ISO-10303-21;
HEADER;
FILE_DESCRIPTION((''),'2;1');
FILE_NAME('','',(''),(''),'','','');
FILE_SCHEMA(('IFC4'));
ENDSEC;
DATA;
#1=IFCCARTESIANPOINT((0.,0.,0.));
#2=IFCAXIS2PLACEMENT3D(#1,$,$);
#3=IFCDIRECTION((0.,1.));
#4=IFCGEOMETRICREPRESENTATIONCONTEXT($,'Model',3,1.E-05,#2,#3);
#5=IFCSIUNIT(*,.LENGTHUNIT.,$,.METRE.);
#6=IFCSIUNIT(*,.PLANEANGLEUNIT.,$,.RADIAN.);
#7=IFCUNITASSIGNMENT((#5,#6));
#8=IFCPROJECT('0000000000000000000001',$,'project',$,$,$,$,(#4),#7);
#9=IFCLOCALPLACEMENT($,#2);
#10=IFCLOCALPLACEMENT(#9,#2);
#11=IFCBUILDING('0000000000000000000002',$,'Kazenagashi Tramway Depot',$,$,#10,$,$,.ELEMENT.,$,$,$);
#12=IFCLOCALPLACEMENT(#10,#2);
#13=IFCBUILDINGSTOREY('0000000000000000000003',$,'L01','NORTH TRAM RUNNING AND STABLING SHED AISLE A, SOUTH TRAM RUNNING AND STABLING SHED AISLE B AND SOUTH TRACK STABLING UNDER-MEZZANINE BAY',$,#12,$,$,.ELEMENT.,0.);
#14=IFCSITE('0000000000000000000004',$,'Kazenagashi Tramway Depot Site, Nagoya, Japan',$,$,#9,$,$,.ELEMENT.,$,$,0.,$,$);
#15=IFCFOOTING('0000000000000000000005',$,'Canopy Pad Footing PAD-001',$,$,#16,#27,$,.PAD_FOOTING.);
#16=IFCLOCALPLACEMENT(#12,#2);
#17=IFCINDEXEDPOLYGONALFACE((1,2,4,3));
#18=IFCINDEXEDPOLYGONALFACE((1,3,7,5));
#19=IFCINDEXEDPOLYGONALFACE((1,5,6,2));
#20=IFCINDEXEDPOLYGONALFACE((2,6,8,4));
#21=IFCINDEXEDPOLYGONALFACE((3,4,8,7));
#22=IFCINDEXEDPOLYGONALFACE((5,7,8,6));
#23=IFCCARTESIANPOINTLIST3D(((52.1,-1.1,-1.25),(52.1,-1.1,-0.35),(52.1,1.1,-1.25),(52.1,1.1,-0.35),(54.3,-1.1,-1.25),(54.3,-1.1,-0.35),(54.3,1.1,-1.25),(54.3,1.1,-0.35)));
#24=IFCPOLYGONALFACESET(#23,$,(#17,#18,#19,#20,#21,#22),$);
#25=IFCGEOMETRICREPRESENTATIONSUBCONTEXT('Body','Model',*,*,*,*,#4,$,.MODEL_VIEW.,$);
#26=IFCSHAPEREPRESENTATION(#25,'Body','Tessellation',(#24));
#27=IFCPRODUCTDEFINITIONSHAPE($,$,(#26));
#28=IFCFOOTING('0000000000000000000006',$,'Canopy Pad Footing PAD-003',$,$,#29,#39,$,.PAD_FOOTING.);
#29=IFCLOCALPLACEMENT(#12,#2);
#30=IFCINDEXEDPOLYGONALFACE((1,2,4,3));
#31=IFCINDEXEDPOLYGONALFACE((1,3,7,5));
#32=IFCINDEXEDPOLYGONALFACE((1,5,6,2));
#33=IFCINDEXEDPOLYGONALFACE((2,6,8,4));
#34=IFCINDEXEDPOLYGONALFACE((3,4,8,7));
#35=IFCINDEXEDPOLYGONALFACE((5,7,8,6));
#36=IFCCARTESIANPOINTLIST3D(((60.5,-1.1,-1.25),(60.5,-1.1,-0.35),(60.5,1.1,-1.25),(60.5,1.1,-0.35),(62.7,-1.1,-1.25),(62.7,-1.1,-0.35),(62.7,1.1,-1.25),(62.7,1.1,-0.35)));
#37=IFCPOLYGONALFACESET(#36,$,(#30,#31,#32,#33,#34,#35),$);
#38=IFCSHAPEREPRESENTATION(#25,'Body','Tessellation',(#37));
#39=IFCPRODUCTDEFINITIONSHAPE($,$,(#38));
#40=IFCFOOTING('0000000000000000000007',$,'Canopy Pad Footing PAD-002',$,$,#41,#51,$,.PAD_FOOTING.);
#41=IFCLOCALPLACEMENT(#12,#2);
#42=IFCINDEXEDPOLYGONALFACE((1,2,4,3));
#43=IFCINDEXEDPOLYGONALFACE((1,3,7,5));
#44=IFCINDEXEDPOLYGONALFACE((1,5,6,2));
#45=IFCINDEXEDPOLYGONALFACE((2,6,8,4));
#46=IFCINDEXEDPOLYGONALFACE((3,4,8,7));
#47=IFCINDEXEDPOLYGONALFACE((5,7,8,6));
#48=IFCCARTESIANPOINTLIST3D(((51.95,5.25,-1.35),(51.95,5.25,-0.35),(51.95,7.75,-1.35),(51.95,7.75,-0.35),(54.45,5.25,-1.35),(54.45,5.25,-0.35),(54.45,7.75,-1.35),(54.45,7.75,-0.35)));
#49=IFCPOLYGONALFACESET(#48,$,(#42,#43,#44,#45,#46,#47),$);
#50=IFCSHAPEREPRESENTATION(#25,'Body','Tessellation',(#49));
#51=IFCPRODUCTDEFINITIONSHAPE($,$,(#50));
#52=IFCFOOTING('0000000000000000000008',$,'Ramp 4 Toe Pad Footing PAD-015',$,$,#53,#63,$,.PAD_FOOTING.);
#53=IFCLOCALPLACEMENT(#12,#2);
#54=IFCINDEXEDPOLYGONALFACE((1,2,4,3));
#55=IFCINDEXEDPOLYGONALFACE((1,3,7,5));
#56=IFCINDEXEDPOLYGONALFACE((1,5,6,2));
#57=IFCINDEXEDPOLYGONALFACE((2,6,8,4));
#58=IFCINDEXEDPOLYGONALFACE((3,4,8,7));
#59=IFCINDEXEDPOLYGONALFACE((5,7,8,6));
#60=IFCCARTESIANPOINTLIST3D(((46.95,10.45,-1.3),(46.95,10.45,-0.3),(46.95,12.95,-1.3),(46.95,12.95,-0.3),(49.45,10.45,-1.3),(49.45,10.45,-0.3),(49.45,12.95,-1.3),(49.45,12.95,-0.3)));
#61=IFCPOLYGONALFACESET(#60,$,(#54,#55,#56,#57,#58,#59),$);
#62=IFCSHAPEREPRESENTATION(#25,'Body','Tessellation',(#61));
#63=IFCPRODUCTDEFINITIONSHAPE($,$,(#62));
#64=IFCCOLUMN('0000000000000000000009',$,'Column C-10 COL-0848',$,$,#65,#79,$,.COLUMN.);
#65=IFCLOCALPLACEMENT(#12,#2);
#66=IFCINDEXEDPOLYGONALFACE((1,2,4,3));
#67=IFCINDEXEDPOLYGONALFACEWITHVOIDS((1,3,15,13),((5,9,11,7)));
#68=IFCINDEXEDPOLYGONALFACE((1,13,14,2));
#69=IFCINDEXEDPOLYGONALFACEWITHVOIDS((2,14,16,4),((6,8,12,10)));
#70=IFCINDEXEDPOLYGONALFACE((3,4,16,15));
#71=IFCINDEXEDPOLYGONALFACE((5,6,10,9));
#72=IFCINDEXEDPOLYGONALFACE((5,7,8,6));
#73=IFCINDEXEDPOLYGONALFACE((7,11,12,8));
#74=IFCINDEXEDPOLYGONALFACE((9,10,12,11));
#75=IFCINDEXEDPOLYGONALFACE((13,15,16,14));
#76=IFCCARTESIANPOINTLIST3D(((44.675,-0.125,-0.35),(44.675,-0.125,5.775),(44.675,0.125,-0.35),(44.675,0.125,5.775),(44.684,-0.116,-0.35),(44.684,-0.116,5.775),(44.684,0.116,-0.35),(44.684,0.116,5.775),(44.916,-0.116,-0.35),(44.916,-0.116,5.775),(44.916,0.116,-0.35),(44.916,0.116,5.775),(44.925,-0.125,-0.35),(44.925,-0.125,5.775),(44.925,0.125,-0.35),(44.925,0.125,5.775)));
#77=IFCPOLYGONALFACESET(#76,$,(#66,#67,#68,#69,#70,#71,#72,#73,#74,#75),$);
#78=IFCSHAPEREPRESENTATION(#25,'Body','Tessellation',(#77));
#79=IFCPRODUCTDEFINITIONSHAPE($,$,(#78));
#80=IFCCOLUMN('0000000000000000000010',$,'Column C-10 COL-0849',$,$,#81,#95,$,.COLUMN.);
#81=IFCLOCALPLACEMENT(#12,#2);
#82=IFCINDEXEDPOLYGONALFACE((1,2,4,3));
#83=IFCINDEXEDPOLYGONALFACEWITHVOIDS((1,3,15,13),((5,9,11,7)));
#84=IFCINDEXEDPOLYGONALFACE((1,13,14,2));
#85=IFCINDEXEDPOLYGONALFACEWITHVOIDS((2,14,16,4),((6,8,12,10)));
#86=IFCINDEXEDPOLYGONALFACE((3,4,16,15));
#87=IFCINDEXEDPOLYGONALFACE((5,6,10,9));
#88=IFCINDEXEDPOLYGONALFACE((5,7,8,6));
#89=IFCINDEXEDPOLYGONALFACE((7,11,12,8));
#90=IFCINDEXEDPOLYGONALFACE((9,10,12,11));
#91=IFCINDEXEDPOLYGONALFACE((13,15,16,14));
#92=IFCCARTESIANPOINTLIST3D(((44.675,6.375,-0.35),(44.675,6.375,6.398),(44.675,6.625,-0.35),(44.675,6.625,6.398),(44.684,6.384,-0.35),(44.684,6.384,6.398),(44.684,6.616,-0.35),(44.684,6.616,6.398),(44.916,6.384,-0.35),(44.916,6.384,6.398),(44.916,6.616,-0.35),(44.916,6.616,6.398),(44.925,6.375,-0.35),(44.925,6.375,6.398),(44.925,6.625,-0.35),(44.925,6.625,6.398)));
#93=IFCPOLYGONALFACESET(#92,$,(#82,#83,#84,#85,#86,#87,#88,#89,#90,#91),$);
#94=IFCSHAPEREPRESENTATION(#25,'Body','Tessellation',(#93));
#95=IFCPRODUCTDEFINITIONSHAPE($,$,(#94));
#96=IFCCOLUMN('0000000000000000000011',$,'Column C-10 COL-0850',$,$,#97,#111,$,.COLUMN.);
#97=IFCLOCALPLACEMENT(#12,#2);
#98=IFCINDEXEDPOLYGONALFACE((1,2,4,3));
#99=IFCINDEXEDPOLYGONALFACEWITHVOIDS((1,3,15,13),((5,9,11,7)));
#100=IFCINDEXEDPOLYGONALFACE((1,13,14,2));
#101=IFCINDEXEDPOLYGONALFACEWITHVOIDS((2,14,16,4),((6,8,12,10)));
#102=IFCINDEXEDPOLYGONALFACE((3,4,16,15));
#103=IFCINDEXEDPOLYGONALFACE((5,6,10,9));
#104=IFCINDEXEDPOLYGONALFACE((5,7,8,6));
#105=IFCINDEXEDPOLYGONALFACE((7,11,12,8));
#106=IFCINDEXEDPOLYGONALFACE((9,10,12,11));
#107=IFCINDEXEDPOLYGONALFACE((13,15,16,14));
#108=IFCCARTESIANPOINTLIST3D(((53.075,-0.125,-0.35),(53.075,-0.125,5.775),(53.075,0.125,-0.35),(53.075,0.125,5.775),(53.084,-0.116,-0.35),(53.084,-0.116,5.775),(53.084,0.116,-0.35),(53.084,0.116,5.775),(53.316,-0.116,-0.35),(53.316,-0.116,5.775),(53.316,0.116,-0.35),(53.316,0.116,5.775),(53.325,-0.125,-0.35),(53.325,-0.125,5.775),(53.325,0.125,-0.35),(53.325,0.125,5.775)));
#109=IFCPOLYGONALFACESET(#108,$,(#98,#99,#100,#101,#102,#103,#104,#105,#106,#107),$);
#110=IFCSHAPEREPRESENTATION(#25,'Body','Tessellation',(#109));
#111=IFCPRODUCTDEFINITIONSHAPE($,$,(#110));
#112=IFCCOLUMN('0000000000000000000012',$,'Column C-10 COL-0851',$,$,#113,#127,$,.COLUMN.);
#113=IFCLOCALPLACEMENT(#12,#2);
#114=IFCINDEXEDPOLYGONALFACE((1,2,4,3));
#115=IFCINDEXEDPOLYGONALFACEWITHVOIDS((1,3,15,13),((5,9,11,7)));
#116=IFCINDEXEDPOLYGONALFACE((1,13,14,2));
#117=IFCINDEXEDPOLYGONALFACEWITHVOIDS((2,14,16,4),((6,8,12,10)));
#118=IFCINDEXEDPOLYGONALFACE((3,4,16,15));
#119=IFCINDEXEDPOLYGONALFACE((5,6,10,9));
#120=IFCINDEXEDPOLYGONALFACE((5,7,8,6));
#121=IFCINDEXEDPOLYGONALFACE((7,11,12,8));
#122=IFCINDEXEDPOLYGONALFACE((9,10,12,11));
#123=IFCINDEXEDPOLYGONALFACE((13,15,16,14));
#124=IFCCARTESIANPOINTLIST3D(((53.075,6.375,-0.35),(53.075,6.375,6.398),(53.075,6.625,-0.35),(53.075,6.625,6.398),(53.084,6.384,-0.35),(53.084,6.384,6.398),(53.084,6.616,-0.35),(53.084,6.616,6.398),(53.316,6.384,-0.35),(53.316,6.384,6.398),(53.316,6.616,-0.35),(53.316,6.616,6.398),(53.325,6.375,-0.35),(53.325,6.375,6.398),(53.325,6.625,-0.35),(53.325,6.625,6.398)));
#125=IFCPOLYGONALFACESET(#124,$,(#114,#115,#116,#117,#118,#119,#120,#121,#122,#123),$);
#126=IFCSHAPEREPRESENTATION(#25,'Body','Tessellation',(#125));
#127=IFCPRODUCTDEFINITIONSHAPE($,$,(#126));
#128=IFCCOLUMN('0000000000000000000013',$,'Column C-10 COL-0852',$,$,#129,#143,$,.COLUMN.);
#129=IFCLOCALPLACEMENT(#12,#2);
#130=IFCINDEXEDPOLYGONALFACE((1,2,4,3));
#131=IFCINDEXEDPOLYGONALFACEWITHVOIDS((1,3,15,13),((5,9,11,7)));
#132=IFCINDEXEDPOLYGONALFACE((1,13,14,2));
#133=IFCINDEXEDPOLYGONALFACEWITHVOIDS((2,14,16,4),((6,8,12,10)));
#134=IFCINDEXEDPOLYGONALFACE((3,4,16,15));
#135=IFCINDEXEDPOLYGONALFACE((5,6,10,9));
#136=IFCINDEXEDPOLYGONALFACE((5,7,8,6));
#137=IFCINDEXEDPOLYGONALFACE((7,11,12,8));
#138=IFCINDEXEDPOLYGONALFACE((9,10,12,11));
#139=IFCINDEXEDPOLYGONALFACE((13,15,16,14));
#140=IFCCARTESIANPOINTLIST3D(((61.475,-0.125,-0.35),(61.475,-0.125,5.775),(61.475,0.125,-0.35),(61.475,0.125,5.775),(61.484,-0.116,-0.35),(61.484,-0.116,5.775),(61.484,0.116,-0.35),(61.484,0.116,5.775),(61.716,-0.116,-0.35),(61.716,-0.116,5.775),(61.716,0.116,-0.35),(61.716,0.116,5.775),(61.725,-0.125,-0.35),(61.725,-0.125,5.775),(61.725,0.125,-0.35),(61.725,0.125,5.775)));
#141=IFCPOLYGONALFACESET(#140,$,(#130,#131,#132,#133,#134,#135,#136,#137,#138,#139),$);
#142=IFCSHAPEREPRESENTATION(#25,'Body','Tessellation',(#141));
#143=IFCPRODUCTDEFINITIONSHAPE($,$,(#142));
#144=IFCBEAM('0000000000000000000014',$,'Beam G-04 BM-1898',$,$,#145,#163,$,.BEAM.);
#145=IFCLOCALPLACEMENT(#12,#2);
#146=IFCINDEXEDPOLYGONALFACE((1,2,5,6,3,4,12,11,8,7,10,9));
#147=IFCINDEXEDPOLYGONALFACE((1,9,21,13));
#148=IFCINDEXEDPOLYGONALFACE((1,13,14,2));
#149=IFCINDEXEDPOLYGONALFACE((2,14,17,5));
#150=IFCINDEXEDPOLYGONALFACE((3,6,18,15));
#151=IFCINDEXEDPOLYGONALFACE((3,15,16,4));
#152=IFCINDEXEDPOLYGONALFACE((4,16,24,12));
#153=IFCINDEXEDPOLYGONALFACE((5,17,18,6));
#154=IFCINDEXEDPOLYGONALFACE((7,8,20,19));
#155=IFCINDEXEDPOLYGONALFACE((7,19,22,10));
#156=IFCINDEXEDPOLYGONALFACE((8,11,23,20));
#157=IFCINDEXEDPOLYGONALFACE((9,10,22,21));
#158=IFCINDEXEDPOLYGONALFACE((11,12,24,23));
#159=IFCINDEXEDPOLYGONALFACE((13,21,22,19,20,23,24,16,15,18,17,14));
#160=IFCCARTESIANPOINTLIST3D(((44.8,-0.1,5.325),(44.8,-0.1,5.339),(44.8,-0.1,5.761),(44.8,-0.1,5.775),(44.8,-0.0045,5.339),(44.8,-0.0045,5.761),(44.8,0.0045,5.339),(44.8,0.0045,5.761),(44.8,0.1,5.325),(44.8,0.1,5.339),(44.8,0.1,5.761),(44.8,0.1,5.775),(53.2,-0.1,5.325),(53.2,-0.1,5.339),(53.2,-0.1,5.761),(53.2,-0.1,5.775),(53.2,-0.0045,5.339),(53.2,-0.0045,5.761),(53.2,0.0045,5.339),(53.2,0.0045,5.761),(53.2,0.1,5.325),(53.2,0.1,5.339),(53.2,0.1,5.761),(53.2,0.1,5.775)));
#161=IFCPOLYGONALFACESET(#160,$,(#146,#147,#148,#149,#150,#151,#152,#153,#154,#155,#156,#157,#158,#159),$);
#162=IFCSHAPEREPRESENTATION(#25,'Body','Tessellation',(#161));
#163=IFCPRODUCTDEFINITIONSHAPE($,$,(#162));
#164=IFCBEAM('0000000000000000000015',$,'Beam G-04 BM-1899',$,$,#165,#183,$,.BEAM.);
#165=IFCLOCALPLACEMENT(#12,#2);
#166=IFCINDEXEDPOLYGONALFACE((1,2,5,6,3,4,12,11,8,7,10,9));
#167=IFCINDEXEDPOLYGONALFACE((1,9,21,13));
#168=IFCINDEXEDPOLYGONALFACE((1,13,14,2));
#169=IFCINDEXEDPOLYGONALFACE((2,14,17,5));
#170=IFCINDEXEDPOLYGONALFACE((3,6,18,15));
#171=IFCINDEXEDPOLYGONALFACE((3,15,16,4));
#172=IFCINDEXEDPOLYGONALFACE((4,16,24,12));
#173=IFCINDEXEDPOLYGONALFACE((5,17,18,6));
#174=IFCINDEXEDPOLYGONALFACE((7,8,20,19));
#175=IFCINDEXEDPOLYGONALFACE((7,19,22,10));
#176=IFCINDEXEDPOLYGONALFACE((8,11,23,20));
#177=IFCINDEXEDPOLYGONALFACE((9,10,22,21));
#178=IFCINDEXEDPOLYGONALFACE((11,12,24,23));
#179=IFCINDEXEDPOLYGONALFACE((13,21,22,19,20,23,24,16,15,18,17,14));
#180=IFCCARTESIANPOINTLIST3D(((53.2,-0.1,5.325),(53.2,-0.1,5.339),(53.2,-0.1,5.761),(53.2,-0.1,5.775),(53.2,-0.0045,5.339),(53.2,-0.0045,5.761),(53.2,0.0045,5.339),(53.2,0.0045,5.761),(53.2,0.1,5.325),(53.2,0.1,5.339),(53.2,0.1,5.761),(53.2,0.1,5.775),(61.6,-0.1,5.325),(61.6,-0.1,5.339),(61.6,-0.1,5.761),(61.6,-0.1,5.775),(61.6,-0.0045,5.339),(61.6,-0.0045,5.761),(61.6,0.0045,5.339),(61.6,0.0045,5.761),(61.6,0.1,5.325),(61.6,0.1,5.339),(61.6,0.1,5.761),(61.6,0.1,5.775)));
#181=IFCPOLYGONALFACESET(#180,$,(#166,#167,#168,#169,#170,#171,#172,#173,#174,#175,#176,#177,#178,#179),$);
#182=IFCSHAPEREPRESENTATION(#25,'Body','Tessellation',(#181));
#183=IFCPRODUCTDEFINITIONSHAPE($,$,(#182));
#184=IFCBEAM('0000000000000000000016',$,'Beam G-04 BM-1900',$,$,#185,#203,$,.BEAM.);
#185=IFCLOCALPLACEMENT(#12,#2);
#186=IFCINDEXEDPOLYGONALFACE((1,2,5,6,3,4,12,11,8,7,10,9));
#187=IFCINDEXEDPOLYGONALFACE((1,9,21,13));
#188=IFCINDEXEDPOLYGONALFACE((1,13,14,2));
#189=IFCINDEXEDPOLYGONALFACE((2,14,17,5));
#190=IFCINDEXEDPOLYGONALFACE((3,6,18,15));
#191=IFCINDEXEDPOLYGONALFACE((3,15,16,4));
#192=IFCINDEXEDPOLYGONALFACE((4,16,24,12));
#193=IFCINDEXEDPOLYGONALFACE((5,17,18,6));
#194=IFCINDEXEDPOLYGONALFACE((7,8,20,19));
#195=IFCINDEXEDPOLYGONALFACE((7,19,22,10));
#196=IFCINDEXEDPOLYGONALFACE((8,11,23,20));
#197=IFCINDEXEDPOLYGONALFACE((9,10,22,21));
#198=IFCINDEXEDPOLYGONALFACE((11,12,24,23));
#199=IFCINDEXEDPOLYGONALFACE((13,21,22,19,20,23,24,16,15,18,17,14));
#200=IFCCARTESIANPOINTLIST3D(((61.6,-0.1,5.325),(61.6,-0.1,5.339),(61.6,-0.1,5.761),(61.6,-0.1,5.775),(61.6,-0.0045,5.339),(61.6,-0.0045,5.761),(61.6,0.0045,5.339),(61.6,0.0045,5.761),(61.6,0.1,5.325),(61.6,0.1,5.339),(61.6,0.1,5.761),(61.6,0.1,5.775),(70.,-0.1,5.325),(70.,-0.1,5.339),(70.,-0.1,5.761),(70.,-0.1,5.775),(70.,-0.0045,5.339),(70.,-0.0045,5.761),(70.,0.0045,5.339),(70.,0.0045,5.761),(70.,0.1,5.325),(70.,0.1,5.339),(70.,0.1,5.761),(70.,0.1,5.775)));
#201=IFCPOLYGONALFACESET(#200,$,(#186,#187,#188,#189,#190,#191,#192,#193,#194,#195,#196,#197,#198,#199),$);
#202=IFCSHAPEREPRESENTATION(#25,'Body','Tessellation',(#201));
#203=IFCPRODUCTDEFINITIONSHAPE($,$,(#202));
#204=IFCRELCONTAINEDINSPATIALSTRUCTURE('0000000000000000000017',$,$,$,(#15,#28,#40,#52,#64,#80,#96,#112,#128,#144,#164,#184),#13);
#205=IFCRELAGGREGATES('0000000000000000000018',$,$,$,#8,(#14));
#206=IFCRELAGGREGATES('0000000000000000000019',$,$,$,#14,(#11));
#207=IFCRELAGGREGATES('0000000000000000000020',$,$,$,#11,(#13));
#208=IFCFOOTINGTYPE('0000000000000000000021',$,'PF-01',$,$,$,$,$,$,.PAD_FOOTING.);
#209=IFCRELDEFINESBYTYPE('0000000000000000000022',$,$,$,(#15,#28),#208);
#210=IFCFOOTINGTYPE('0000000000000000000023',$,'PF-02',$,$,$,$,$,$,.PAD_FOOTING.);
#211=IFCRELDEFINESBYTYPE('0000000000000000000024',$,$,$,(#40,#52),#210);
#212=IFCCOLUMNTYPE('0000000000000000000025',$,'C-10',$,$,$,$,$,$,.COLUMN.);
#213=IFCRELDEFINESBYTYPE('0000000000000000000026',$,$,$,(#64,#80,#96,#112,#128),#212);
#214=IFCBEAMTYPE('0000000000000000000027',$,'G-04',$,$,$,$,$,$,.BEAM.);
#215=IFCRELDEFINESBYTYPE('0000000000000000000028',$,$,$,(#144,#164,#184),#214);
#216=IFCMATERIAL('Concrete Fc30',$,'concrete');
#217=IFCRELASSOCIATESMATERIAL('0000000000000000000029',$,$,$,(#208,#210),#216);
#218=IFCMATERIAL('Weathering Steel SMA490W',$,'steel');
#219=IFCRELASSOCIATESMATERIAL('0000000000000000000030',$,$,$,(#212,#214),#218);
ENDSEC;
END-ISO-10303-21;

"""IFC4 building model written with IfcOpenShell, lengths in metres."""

from ifc_helpers import new_model, si_unit, direction, frame, origin, origin_2d, place, context, subcontext, project, spatial, rectangle, hollow_rectangle, i_section, extrude, material, material_profile, profile_set, type_object, element, save


model = new_model("IFC4")

# Units and contexts
model_context = context("Model", 3, precision=1e-05, world=origin(), true_north=direction((0.0, 1.0)))
body_context = subcontext(model_context, "Body", "Model", "MODEL_VIEW")
ifc_project = project(units=[si_unit("LENGTHUNIT", "METRE"), si_unit("PLANEANGLEUNIT", "RADIAN")], contexts=[model_context])

# Site, building, storey
site_placement = place(None, origin())
site = spatial("IfcSite", under=ifc_project, at=site_placement, Name="Kazenagashi Tramway Depot Site, Nagoya, Japan", CompositionType="ELEMENT", RefElevation=0.0)
building_placement = place(site_placement, origin())
building = spatial("IfcBuilding", under=site, at=building_placement, Name="Kazenagashi Tramway Depot", CompositionType="ELEMENT")
storey_placement = place(building_placement, origin())
storey = spatial("IfcBuildingStorey", under=building, at=storey_placement, Name="L01", Description="NORTH TRAM RUNNING AND STABLING SHED AISLE A, SOUTH TRAM RUNNING AND STABLING SHED AISLE B AND SOUTH TRACK STABLING UNDER-MEZZANINE BAY", CompositionType="ELEMENT", Elevation=0.0)

# Shared definitions
ifc_material_1 = material(Name="Concrete Fc30", Category="concrete")

# Footings
footing_type_1 = type_object("IfcFootingType", Name="PF-01", PredefinedType="PAD_FOOTING", material=ifc_material_1)
for number, where, z_axis, x_axis, name in (
    (1, (53.2, 0.0, -1.25), (0.0, 0.0, 1.0), (1.0, 0.0, 0.0), "Canopy Pad Footing PAD-001"),
    (2, (61.6, 0.0, -1.25), (0.0, 0.0, 1.0), (1.0, 0.0, 0.0), "Canopy Pad Footing PAD-003"),
):
    element("IfcFooting", number, at=place(storey_placement, frame(where, z_axis=z_axis, x_axis=x_axis)), inside=storey, type_object=footing_type_1, Name=name, PredefinedType="PAD_FOOTING", context=body_context, shape_type="SweptSolid", body=[
        extrude(rectangle(XDim=2.2, YDim=2.2, at=origin_2d()), origin(), (0.0, 0.0, 1.0), 0.9),
    ])
footing_type_2 = type_object("IfcFootingType", Name="PF-02", PredefinedType="PAD_FOOTING", material=ifc_material_1)
for number, where, z_axis, x_axis, name in (
    (3, (53.2, 6.5, -1.35), (0.0, 0.0, 1.0), (1.0, 0.0, 0.0), "Canopy Pad Footing PAD-002"),
    (4, (48.2, 11.7, -1.3), (0.0, 0.0, 1.0), (1.0, 0.0, 0.0), "Ramp 4 Toe Pad Footing PAD-015"),
):
    element("IfcFooting", number, at=place(storey_placement, frame(where, z_axis=z_axis, x_axis=x_axis)), inside=storey, type_object=footing_type_2, Name=name, PredefinedType="PAD_FOOTING", context=body_context, shape_type="SweptSolid", body=[
        extrude(rectangle(XDim=2.5, YDim=2.5, at=origin_2d()), origin(), (0.0, 0.0, 1.0), 1.0),
    ])

# Columns
ifc_material_2 = material(Name="Weathering Steel SMA490W", Category="steel")
ifc_material_profile_1 = material_profile(ifc_material_2, hollow_rectangle(XDim=0.25, YDim=0.25, WallThickness=0.009, at=origin_2d()), Name="SHS-250x250x9")
ifc_profile_set_1 = profile_set([ifc_material_profile_1], Name="Weathering Steel SMA490W")
column_type = type_object("IfcColumnType", Name="C-10", PredefinedType="COLUMN", material=ifc_profile_set_1)
column_1_placement = place(storey_placement, frame((44.8, 0.0, -0.35), z_axis=(0.0, 0.0, 1.0), x_axis=(1.0, 0.0, 0.0)))
element("IfcColumn", 5, at=column_1_placement, inside=storey, type_object=column_type, Name="Column C-10 COL-0848", PredefinedType="COLUMN", context=body_context, shape_type="SweptSolid", body=[
    extrude(hollow_rectangle(XDim=0.25, YDim=0.25, WallThickness=0.009, at=origin_2d()), origin(), (0.0, 0.0, 1.0), 6.125),
])
column_2_placement = place(storey_placement, frame((44.8, 6.5, -0.35), z_axis=(0.0, 0.0, 1.0), x_axis=(1.0, 0.0, 0.0)))
element("IfcColumn", 6, at=column_2_placement, inside=storey, type_object=column_type, Name="Column C-10 COL-0849", PredefinedType="COLUMN", context=body_context, shape_type="SweptSolid", body=[
    extrude(hollow_rectangle(XDim=0.25, YDim=0.25, WallThickness=0.009, at=origin_2d()), origin(), (0.0, 0.0, 1.0), 6.748),
])
column_3_placement = place(storey_placement, frame((53.2, 0.0, -0.35), z_axis=(0.0, 0.0, 1.0), x_axis=(1.0, 0.0, 0.0)))
element("IfcColumn", 7, at=column_3_placement, inside=storey, type_object=column_type, Name="Column C-10 COL-0850", PredefinedType="COLUMN", context=body_context, shape_type="SweptSolid", body=[
    extrude(hollow_rectangle(XDim=0.25, YDim=0.25, WallThickness=0.009, at=origin_2d()), origin(), (0.0, 0.0, 1.0), 6.125),
])
column_4_placement = place(storey_placement, frame((53.2, 6.5, -0.35), z_axis=(0.0, 0.0, 1.0), x_axis=(1.0, 0.0, 0.0)))
element("IfcColumn", 8, at=column_4_placement, inside=storey, type_object=column_type, Name="Column C-10 COL-0851", PredefinedType="COLUMN", context=body_context, shape_type="SweptSolid", body=[
    extrude(hollow_rectangle(XDim=0.25, YDim=0.25, WallThickness=0.009, at=origin_2d()), origin(), (0.0, 0.0, 1.0), 6.748),
])
column_5_placement = place(storey_placement, frame((61.6, 0.0, -0.35), z_axis=(0.0, 0.0, 1.0), x_axis=(1.0, 0.0, 0.0)))
element("IfcColumn", 9, at=column_5_placement, inside=storey, type_object=column_type, Name="Column C-10 COL-0852", PredefinedType="COLUMN", context=body_context, shape_type="SweptSolid", body=[
    extrude(hollow_rectangle(XDim=0.25, YDim=0.25, WallThickness=0.009, at=origin_2d()), origin(), (0.0, 0.0, 1.0), 6.125),
])

# Beams
ifc_material_profile_2 = material_profile(ifc_material_2, i_section(OverallWidth=0.2, OverallDepth=0.45, WebThickness=0.009, FlangeThickness=0.014, at=origin_2d()), Name="H-450x200x9x14")
ifc_profile_set_2 = profile_set([ifc_material_profile_2], Name="Weathering Steel SMA490W")
beam_type_1 = type_object("IfcBeamType", Name="G-04", PredefinedType="BEAM", material=ifc_profile_set_2)
for number, where, z_axis, x_axis, name in (
    (10, (44.8, 0.0, 5.55), (1.0, 0.0, 0.0), (0.0, 1.0, 0.0), "Beam G-04 BM-1898"),
    (11, (53.2, 0.0, 5.55), (1.0, 0.0, 0.0), (0.0, 1.0, 0.0), "Beam G-04 BM-1899"),
    (12, (61.6, 0.0, 5.55), (1.0, 0.0, 0.0), (0.0, 1.0, 0.0), "Beam G-04 BM-1900"),
):
    element("IfcBeam", number, at=place(storey_placement, frame(where, z_axis=z_axis, x_axis=x_axis)), inside=storey, type_object=beam_type_1, Name=name, PredefinedType="BEAM", context=body_context, shape_type="SweptSolid", body=[
        extrude(i_section(OverallWidth=0.2, OverallDepth=0.45, WebThickness=0.009, FlangeThickness=0.014, at=origin_2d()), origin(), (0.0, 0.0, 1.0), 8.4),
    ])

save(model, "model.ifc")
